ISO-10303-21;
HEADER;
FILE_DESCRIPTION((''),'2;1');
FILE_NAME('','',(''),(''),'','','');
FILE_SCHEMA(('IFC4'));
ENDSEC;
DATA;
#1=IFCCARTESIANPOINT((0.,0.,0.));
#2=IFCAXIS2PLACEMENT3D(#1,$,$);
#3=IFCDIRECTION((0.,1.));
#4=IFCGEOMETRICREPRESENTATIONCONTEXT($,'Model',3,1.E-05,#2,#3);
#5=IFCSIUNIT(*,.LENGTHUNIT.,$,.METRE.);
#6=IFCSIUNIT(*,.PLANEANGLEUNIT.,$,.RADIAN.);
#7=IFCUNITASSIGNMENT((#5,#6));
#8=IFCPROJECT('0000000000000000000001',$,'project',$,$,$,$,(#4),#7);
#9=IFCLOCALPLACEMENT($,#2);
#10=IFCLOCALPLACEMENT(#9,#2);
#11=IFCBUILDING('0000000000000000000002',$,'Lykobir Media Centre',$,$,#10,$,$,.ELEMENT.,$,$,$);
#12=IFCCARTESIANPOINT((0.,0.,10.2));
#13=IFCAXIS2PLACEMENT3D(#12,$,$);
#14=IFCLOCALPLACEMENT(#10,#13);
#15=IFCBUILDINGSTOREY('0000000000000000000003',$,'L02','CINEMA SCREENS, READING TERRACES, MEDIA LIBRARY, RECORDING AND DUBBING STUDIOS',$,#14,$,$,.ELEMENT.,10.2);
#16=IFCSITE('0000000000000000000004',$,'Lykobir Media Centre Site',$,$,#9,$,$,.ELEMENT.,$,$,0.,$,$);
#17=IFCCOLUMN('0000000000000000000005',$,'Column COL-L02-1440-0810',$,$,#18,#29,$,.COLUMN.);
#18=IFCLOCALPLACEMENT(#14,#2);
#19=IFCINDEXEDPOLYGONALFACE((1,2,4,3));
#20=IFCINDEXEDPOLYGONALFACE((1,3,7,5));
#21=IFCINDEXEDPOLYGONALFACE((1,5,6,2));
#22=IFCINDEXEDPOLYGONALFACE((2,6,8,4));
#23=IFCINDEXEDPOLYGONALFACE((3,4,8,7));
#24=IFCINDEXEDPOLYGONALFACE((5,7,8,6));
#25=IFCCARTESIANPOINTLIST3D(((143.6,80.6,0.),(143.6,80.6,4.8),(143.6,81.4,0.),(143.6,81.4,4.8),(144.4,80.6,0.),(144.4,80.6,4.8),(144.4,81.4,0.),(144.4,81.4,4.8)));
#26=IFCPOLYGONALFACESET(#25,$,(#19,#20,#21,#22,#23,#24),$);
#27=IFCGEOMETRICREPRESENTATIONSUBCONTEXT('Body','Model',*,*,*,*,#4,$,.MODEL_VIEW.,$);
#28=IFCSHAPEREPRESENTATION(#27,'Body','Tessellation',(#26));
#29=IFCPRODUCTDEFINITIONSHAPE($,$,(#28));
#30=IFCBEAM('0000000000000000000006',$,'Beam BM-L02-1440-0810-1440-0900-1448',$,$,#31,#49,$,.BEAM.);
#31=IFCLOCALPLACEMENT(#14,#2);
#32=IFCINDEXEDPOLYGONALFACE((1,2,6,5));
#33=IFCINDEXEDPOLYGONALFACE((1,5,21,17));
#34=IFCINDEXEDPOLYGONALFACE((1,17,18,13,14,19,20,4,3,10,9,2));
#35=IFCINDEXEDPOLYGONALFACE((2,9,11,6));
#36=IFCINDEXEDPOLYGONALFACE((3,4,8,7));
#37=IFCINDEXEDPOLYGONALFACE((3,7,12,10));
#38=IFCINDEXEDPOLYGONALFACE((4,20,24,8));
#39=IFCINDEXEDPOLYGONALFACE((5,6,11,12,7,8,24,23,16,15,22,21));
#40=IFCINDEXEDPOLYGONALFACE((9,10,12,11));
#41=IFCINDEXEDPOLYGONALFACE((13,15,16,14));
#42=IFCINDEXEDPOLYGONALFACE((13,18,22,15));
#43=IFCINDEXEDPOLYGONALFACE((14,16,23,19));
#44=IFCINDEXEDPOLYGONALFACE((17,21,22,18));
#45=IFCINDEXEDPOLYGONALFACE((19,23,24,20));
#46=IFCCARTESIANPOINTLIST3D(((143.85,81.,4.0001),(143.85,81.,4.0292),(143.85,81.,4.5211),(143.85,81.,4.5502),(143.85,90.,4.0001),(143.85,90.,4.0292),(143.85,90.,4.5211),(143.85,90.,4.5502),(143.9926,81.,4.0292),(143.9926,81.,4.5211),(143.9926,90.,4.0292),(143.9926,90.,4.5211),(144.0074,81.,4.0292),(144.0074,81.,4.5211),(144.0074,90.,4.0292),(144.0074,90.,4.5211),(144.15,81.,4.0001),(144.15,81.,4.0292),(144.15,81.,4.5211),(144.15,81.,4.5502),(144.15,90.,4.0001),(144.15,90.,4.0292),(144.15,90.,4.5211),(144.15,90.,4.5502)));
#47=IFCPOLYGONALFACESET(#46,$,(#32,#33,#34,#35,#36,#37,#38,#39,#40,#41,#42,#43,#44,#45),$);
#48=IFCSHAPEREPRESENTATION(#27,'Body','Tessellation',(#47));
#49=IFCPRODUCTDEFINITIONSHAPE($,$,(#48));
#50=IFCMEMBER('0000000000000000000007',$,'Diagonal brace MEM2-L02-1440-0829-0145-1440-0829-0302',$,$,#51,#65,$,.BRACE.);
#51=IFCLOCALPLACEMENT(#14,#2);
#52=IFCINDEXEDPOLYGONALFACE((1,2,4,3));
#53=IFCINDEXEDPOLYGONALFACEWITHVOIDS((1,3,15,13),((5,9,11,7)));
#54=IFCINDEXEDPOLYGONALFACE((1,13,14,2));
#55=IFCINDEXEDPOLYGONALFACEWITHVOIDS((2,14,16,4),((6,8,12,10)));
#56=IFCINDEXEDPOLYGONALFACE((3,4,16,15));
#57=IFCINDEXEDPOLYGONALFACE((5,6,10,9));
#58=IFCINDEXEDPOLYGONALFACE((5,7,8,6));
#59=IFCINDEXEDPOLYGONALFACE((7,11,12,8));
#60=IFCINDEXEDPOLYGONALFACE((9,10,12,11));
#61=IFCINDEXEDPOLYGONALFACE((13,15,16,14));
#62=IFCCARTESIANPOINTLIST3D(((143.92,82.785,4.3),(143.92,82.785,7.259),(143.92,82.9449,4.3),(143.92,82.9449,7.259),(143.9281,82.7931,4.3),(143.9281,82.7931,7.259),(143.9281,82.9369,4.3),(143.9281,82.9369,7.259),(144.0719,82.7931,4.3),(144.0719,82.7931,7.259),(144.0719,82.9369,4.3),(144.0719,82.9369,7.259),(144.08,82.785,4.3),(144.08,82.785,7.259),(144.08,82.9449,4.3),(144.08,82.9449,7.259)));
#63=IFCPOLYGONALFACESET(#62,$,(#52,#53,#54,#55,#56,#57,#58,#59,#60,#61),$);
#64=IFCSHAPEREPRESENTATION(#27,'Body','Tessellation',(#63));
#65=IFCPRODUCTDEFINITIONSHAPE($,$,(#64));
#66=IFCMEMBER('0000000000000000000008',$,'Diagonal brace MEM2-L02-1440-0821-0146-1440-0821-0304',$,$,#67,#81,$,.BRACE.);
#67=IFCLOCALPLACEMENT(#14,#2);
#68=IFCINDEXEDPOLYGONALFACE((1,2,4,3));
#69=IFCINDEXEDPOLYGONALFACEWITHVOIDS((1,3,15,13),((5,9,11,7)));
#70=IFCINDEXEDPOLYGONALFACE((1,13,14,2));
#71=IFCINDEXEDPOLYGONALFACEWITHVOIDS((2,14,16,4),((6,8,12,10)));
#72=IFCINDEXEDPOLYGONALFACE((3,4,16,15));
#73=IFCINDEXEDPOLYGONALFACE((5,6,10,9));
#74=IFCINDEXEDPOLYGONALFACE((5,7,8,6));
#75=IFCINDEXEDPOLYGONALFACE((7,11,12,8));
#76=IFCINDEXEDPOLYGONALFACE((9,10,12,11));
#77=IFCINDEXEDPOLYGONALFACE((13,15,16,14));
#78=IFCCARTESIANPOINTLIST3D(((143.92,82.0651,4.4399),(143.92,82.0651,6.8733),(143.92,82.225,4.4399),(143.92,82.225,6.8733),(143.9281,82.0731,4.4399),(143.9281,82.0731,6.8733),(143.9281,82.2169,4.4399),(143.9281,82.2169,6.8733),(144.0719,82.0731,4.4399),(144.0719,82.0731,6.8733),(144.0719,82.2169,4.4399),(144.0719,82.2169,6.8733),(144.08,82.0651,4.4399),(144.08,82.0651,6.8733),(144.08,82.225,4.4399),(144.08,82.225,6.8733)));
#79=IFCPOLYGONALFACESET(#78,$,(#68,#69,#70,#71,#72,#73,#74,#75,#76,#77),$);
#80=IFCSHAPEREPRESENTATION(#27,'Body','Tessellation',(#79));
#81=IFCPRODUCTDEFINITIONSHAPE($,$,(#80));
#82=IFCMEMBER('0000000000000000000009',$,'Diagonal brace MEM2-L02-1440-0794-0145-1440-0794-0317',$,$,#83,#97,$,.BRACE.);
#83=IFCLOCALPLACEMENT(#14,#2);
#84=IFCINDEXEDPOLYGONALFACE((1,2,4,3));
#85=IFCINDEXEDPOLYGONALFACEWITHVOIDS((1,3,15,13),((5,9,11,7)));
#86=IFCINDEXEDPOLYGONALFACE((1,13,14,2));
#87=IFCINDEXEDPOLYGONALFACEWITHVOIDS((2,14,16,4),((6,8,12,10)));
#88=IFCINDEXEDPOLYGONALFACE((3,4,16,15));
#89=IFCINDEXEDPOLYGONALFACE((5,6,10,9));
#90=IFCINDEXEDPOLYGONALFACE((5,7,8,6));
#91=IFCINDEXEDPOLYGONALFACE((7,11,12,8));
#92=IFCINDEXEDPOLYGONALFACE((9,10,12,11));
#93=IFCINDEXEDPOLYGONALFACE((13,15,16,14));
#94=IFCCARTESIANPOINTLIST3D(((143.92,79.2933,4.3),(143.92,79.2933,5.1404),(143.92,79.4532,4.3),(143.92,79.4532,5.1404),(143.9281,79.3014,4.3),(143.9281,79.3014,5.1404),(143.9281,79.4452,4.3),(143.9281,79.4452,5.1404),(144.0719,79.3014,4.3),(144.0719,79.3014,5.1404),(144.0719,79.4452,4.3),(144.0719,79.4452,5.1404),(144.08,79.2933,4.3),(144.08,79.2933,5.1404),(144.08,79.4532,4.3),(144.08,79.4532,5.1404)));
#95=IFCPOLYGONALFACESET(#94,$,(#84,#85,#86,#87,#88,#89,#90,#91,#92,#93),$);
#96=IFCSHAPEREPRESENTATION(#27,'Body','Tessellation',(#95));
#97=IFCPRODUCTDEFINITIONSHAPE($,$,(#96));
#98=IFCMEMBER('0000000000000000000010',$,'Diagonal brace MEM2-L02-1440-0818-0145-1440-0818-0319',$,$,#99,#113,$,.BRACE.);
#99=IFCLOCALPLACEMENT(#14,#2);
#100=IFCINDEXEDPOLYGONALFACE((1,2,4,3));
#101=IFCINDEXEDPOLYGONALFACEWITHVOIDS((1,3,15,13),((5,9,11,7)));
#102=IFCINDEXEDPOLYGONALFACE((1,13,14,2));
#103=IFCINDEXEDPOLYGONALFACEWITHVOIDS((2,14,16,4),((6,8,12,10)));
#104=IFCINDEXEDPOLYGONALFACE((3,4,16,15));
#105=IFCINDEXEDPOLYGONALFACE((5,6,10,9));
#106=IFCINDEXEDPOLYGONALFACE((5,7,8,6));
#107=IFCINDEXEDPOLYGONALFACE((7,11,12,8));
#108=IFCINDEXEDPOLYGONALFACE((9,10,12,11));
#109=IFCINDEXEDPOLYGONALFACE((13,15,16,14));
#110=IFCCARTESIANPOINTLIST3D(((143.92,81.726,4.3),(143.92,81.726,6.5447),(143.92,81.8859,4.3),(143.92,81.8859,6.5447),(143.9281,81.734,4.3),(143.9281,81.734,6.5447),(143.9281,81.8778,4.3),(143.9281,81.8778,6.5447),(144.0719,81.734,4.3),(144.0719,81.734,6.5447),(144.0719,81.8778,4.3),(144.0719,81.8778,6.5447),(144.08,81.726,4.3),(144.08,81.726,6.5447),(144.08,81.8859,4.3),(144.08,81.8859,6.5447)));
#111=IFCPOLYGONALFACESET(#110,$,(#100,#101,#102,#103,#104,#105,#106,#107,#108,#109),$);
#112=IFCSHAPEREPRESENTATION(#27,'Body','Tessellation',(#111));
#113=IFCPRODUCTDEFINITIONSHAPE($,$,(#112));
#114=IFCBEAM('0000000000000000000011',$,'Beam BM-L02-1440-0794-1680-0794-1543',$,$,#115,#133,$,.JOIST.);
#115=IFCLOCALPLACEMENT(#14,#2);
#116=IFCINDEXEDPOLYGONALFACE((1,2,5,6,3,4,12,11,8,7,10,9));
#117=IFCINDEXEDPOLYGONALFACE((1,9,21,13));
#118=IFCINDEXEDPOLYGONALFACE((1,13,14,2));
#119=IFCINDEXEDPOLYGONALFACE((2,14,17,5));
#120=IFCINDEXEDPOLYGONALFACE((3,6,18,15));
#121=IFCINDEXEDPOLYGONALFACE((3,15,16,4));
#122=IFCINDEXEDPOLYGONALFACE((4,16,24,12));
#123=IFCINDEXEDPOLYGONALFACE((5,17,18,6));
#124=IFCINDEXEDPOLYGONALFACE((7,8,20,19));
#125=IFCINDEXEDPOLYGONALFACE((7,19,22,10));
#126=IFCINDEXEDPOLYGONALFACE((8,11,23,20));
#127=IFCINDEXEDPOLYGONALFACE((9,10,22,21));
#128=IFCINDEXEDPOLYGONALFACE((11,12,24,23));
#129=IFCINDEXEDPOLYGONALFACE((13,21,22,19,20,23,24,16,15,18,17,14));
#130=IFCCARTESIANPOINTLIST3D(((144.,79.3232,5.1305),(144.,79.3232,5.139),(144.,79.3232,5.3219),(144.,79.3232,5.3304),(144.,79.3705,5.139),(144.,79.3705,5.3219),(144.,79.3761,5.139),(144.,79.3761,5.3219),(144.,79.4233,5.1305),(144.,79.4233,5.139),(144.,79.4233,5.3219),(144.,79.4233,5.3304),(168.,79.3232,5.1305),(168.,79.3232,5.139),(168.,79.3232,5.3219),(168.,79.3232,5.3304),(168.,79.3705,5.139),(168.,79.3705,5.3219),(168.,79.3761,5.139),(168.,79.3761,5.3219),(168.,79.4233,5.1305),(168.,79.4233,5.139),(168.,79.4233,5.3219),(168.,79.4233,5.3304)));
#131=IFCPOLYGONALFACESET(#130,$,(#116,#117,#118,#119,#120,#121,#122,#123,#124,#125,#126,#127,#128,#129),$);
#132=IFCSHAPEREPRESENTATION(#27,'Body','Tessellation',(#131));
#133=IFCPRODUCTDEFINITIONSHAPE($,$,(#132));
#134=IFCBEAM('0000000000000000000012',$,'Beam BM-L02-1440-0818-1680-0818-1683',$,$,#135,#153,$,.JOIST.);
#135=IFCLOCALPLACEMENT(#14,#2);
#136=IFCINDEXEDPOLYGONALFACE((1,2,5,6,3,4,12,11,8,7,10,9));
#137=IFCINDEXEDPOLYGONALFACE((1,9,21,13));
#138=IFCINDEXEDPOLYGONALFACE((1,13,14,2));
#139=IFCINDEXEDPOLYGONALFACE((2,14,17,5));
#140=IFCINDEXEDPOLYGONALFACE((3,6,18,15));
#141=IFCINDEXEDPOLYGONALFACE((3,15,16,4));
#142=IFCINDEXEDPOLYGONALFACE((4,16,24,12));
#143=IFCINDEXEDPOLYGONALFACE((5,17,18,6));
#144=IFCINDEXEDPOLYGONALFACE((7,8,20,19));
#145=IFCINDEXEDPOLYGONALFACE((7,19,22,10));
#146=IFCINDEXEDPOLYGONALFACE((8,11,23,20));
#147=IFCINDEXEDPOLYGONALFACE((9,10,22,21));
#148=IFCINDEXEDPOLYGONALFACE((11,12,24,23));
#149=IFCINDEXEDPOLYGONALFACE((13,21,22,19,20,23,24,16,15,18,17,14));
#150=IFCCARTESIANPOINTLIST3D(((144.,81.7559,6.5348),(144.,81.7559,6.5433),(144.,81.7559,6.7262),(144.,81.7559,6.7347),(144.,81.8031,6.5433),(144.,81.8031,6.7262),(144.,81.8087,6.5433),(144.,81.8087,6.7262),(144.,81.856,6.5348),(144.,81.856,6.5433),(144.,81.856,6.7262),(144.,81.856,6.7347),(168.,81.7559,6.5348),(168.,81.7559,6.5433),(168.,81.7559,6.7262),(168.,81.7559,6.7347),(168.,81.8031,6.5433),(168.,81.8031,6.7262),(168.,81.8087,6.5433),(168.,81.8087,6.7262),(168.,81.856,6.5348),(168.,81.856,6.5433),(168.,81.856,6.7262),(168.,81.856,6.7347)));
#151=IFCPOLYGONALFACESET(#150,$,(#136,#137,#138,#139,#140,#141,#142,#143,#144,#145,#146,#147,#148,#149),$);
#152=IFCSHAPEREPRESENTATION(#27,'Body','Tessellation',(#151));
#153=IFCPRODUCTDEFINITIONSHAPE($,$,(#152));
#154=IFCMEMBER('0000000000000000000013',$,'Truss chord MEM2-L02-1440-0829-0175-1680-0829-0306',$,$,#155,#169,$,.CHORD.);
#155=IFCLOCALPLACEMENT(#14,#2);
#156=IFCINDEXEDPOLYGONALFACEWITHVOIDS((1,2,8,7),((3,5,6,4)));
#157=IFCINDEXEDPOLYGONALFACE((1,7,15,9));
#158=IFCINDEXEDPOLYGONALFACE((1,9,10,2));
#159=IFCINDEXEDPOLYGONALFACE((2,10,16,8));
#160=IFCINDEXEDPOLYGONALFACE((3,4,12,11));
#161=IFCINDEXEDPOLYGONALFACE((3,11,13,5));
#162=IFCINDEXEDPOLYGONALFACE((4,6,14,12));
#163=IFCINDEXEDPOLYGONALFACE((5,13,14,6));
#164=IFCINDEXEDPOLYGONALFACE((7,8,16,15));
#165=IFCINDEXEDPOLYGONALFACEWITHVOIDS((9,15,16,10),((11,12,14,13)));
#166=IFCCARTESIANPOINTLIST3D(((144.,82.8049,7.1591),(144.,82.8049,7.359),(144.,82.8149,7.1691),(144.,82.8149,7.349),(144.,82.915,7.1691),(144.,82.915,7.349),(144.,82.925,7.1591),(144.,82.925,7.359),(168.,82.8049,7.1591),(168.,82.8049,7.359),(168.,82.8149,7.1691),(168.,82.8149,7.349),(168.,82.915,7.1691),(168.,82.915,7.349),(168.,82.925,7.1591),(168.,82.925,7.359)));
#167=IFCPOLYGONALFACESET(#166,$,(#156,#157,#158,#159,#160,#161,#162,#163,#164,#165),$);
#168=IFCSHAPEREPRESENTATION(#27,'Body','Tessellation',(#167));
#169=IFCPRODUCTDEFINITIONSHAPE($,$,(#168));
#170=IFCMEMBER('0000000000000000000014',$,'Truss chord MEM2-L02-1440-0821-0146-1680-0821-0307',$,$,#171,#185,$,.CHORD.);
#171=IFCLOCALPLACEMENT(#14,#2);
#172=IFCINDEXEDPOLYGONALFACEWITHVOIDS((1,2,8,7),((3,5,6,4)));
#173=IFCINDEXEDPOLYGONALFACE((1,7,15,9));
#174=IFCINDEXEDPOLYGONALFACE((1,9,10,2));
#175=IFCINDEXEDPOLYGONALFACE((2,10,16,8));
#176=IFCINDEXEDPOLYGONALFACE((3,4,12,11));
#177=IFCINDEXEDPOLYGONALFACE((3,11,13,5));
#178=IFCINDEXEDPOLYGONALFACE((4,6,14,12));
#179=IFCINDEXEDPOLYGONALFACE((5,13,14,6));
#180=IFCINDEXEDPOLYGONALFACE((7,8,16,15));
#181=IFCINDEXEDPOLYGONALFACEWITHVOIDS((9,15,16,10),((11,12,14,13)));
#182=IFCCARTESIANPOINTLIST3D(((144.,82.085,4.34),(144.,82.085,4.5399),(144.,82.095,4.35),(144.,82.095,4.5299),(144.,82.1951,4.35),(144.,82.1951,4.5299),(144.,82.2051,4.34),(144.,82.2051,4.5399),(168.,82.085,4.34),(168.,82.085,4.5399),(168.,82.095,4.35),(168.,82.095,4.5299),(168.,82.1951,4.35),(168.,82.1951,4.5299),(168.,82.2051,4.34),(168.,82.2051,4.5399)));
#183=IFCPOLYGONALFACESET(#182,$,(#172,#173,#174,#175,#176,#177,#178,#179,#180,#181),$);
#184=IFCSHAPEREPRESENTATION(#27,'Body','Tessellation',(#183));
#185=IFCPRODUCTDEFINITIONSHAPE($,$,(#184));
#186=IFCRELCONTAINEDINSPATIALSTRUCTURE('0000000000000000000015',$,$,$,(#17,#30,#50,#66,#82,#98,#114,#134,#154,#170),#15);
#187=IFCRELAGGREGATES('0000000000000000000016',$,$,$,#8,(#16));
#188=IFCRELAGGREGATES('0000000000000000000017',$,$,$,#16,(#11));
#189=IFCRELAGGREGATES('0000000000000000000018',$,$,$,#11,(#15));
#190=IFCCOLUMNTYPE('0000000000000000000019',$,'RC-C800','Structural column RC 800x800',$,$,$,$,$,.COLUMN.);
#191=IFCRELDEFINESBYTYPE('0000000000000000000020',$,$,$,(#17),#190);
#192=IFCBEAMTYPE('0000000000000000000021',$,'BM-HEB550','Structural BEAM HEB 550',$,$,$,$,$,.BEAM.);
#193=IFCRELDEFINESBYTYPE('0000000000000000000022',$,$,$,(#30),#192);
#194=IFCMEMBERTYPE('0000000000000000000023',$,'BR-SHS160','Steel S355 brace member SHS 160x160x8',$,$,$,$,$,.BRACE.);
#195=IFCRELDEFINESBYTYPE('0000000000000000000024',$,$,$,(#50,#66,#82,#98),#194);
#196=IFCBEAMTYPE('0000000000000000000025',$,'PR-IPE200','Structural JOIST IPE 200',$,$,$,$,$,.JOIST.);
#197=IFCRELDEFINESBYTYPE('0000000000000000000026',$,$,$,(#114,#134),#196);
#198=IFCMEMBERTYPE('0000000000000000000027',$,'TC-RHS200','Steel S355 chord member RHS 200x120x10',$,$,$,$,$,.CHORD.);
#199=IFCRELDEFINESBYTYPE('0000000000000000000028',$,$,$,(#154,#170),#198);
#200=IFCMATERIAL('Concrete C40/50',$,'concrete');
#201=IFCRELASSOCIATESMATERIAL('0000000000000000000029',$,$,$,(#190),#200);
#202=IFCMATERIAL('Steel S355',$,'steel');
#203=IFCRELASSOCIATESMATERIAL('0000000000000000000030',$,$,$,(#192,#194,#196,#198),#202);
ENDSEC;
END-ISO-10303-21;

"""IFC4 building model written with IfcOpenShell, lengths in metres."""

from ifc_helpers import new_model, si_unit, direction, frame, origin, origin_2d, place, context, subcontext, project, spatial, rectangle, hollow_rectangle, i_section, extrude, material, material_profile, profile_set, type_object, element, save


model = new_model("IFC4")

# Units and contexts
model_context = context("Model", 3, precision=1e-05, world=origin(), true_north=direction((0.0, 1.0)))
body_context = subcontext(model_context, "Body", "Model", "MODEL_VIEW")
ifc_project = project(units=[si_unit("LENGTHUNIT", "METRE"), si_unit("PLANEANGLEUNIT", "RADIAN")], contexts=[model_context])

# Site, building, storey
site_placement = place(None, origin())
site = spatial("IfcSite", under=ifc_project, at=site_placement, Name="Lykobir Media Centre Site", CompositionType="ELEMENT", RefElevation=0.0)
building_placement = place(site_placement, origin())
building = spatial("IfcBuilding", under=site, at=building_placement, Name="Lykobir Media Centre", CompositionType="ELEMENT")
storey_placement = place(building_placement, frame((0.0, 0.0, 10.2)))
storey = spatial("IfcBuildingStorey", under=building, at=storey_placement, Name="L02", Description="CINEMA SCREENS, READING TERRACES, MEDIA LIBRARY, RECORDING AND DUBBING STUDIOS", CompositionType="ELEMENT", Elevation=10.2)

# Column
ifc_material_1 = material(Name="Concrete C40/50", Category="concrete")
ifc_material_profile_1 = material_profile(ifc_material_1, rectangle(XDim=0.8, YDim=0.8, at=origin_2d()), Name="RC 800x800")
ifc_profile_set_1 = profile_set([ifc_material_profile_1], Name="Concrete C40/50")
column_type = type_object("IfcColumnType", Name="RC-C800", Description="Structural column RC 800x800", PredefinedType="COLUMN", material=ifc_profile_set_1)
column_placement = place(storey_placement, frame((144.0, 81.0, 0.0), z_axis=(0.0, 0.0, 1.0), x_axis=(1.0, 0.0, 0.0)))
element("IfcColumn", 1, at=column_placement, inside=storey, type_object=column_type, Name="Column COL-L02-1440-0810", PredefinedType="COLUMN", context=body_context, shape_type="SweptSolid", body=[
    extrude(rectangle(XDim=0.8, YDim=0.8, at=origin_2d()), origin(), (0.0, 0.0, 1.0), 4.8),
])

# Beam
ifc_material_2 = material(Name="Steel S355", Category="steel")
ifc_material_profile_2 = material_profile(ifc_material_2, i_section(OverallWidth=0.3, OverallDepth=0.55, WebThickness=0.0149, FlangeThickness=0.0291, at=origin_2d()), Name="HEB 550")
ifc_profile_set_2 = profile_set([ifc_material_profile_2], Name="Steel S355")
beam_type_1 = type_object("IfcBeamType", Name="BM-HEB550", Description="Structural BEAM HEB 550", PredefinedType="BEAM", material=ifc_profile_set_2)
beam_placement = place(storey_placement, frame((144.0, 81.0, 4.2751), z_axis=(0.0, 1.0, 0.0), x_axis=(-1.0, 0.0, 0.0)))
element("IfcBeam", 2, at=beam_placement, inside=storey, type_object=beam_type_1, Name="Beam BM-L02-1440-0810-1440-0900-1448", PredefinedType="BEAM", context=body_context, shape_type="SweptSolid", body=[
    extrude(i_section(OverallWidth=0.3, OverallDepth=0.55, WebThickness=0.0149, FlangeThickness=0.0291, at=origin_2d()), origin(), (0.0, 0.0, 1.0), 9.0),
])

# Members
ifc_material_profile_3 = material_profile(ifc_material_2, hollow_rectangle(XDim=0.1599, YDim=0.1599, WallThickness=0.0081, at=origin_2d()), Name="SHS 160x160x8")
ifc_profile_set_3 = profile_set([ifc_material_profile_3], Name="Steel S355")
member_type_1 = type_object("IfcMemberType", Name="BR-SHS160", Description="Steel S355 brace member SHS 160x160x8", PredefinedType="BRACE", material=ifc_profile_set_3)
member_1_placement = place(storey_placement, frame((144.0, 82.865, 4.3), z_axis=(0.0, 0.0, 1.0), x_axis=(1.0, 0.0, 0.0)))
element("IfcMember", 3, at=member_1_placement, inside=storey, type_object=member_type_1, Name="Diagonal brace MEM2-L02-1440-0829-0145-1440-0829-0302", PredefinedType="BRACE", context=body_context, shape_type="SweptSolid", body=[
    extrude(hollow_rectangle(XDim=0.1599, YDim=0.1599, WallThickness=0.0081, at=origin_2d()), origin(), (0.0, 0.0, 1.0), 2.959),
])
member_2_placement = place(storey_placement, frame((144.0, 82.145, 4.4399), z_axis=(0.0, 0.0, 1.0), x_axis=(1.0, 0.0, 0.0)))
element("IfcMember", 4, at=member_2_placement, inside=storey, type_object=member_type_1, Name="Diagonal brace MEM2-L02-1440-0821-0146-1440-0821-0304", PredefinedType="BRACE", context=body_context, shape_type="SweptSolid", body=[
    extrude(hollow_rectangle(XDim=0.1599, YDim=0.1599, WallThickness=0.0081, at=origin_2d()), origin(), (0.0, 0.0, 1.0), 2.4333),
])
member_3_placement = place(storey_placement, frame((144.0, 79.3733, 4.3), z_axis=(0.0, 0.0, 1.0), x_axis=(1.0, 0.0, 0.0)))
element("IfcMember", 5, at=member_3_placement, inside=storey, type_object=member_type_1, Name="Diagonal brace MEM2-L02-1440-0794-0145-1440-0794-0317", PredefinedType="BRACE", context=body_context, shape_type="SweptSolid", body=[
    extrude(hollow_rectangle(XDim=0.1599, YDim=0.1599, WallThickness=0.0081, at=origin_2d()), origin(), (0.0, 0.0, 1.0), 0.8403),
])
member_4_placement = place(storey_placement, frame((144.0, 81.8059, 4.3), z_axis=(0.0, 0.0, 1.0), x_axis=(1.0, 0.0, 0.0)))
element("IfcMember", 6, at=member_4_placement, inside=storey, type_object=member_type_1, Name="Diagonal brace MEM2-L02-1440-0818-0145-1440-0818-0319", PredefinedType="BRACE", context=body_context, shape_type="SweptSolid", body=[
    extrude(hollow_rectangle(XDim=0.1599, YDim=0.1599, WallThickness=0.0081, at=origin_2d()), origin(), (0.0, 0.0, 1.0), 2.2446),
])

# Beams
ifc_material_profile_4 = material_profile(ifc_material_2, i_section(OverallWidth=0.1001, OverallDepth=0.2, WebThickness=0.0056, FlangeThickness=0.0085, at=origin_2d()), Name="IPE 200")
ifc_profile_set_4 = profile_set([ifc_material_profile_4], Name="Steel S355")
beam_type_2 = type_object("IfcBeamType", Name="PR-IPE200", Description="Structural JOIST IPE 200", PredefinedType="JOIST", material=ifc_profile_set_4)
for number, where, z_axis, x_axis, name in (
    (7, (144.0, 79.3733, 5.2305), (1.0, 0.0, 0.0), (0.0, 1.0, 0.0), "Beam BM-L02-1440-0794-1680-0794-1543"),
    (8, (144.0, 81.8059, 6.6348), (1.0, 0.0, 0.0), (0.0, 1.0, 0.0), "Beam BM-L02-1440-0818-1680-0818-1683"),
):
    element("IfcBeam", number, at=place(storey_placement, frame(where, z_axis=z_axis, x_axis=x_axis)), inside=storey, type_object=beam_type_2, Name=name, PredefinedType="JOIST", context=body_context, shape_type="SweptSolid", body=[
        extrude(i_section(OverallWidth=0.1001, OverallDepth=0.2, WebThickness=0.0056, FlangeThickness=0.0085, at=origin_2d()), origin(), (0.0, 0.0, 1.0), 24.0),
    ])

# Members
ifc_material_profile_5 = material_profile(ifc_material_2, hollow_rectangle(XDim=0.1201, YDim=0.2, WallThickness=0.01, at=origin_2d()), Name="RHS 200x120x10")
ifc_profile_set_5 = profile_set([ifc_material_profile_5], Name="Steel S355")
member_type_2 = type_object("IfcMemberType", Name="TC-RHS200", Description="Steel S355 chord member RHS 200x120x10", PredefinedType="CHORD", material=ifc_profile_set_5)
for number, where, z_axis, x_axis, name in (
    (9, (144.0, 82.865, 7.259), (1.0, 0.0, 0.0), (0.0, 1.0, 0.0), "Truss chord MEM2-L02-1440-0829-0175-1680-0829-0306"),
    (10, (144.0, 82.145, 4.4399), (1.0, 0.0, 0.0), (0.0, 1.0, 0.0), "Truss chord MEM2-L02-1440-0821-0146-1680-0821-0307"),
):
    element("IfcMember", number, at=place(storey_placement, frame(where, z_axis=z_axis, x_axis=x_axis)), inside=storey, type_object=member_type_2, Name=name, PredefinedType="CHORD", context=body_context, shape_type="SweptSolid", body=[
        extrude(hollow_rectangle(XDim=0.1201, YDim=0.2, WallThickness=0.01, at=origin_2d()), origin(), (0.0, 0.0, 1.0), 24.0),
    ])

save(model, "model.ifc")
